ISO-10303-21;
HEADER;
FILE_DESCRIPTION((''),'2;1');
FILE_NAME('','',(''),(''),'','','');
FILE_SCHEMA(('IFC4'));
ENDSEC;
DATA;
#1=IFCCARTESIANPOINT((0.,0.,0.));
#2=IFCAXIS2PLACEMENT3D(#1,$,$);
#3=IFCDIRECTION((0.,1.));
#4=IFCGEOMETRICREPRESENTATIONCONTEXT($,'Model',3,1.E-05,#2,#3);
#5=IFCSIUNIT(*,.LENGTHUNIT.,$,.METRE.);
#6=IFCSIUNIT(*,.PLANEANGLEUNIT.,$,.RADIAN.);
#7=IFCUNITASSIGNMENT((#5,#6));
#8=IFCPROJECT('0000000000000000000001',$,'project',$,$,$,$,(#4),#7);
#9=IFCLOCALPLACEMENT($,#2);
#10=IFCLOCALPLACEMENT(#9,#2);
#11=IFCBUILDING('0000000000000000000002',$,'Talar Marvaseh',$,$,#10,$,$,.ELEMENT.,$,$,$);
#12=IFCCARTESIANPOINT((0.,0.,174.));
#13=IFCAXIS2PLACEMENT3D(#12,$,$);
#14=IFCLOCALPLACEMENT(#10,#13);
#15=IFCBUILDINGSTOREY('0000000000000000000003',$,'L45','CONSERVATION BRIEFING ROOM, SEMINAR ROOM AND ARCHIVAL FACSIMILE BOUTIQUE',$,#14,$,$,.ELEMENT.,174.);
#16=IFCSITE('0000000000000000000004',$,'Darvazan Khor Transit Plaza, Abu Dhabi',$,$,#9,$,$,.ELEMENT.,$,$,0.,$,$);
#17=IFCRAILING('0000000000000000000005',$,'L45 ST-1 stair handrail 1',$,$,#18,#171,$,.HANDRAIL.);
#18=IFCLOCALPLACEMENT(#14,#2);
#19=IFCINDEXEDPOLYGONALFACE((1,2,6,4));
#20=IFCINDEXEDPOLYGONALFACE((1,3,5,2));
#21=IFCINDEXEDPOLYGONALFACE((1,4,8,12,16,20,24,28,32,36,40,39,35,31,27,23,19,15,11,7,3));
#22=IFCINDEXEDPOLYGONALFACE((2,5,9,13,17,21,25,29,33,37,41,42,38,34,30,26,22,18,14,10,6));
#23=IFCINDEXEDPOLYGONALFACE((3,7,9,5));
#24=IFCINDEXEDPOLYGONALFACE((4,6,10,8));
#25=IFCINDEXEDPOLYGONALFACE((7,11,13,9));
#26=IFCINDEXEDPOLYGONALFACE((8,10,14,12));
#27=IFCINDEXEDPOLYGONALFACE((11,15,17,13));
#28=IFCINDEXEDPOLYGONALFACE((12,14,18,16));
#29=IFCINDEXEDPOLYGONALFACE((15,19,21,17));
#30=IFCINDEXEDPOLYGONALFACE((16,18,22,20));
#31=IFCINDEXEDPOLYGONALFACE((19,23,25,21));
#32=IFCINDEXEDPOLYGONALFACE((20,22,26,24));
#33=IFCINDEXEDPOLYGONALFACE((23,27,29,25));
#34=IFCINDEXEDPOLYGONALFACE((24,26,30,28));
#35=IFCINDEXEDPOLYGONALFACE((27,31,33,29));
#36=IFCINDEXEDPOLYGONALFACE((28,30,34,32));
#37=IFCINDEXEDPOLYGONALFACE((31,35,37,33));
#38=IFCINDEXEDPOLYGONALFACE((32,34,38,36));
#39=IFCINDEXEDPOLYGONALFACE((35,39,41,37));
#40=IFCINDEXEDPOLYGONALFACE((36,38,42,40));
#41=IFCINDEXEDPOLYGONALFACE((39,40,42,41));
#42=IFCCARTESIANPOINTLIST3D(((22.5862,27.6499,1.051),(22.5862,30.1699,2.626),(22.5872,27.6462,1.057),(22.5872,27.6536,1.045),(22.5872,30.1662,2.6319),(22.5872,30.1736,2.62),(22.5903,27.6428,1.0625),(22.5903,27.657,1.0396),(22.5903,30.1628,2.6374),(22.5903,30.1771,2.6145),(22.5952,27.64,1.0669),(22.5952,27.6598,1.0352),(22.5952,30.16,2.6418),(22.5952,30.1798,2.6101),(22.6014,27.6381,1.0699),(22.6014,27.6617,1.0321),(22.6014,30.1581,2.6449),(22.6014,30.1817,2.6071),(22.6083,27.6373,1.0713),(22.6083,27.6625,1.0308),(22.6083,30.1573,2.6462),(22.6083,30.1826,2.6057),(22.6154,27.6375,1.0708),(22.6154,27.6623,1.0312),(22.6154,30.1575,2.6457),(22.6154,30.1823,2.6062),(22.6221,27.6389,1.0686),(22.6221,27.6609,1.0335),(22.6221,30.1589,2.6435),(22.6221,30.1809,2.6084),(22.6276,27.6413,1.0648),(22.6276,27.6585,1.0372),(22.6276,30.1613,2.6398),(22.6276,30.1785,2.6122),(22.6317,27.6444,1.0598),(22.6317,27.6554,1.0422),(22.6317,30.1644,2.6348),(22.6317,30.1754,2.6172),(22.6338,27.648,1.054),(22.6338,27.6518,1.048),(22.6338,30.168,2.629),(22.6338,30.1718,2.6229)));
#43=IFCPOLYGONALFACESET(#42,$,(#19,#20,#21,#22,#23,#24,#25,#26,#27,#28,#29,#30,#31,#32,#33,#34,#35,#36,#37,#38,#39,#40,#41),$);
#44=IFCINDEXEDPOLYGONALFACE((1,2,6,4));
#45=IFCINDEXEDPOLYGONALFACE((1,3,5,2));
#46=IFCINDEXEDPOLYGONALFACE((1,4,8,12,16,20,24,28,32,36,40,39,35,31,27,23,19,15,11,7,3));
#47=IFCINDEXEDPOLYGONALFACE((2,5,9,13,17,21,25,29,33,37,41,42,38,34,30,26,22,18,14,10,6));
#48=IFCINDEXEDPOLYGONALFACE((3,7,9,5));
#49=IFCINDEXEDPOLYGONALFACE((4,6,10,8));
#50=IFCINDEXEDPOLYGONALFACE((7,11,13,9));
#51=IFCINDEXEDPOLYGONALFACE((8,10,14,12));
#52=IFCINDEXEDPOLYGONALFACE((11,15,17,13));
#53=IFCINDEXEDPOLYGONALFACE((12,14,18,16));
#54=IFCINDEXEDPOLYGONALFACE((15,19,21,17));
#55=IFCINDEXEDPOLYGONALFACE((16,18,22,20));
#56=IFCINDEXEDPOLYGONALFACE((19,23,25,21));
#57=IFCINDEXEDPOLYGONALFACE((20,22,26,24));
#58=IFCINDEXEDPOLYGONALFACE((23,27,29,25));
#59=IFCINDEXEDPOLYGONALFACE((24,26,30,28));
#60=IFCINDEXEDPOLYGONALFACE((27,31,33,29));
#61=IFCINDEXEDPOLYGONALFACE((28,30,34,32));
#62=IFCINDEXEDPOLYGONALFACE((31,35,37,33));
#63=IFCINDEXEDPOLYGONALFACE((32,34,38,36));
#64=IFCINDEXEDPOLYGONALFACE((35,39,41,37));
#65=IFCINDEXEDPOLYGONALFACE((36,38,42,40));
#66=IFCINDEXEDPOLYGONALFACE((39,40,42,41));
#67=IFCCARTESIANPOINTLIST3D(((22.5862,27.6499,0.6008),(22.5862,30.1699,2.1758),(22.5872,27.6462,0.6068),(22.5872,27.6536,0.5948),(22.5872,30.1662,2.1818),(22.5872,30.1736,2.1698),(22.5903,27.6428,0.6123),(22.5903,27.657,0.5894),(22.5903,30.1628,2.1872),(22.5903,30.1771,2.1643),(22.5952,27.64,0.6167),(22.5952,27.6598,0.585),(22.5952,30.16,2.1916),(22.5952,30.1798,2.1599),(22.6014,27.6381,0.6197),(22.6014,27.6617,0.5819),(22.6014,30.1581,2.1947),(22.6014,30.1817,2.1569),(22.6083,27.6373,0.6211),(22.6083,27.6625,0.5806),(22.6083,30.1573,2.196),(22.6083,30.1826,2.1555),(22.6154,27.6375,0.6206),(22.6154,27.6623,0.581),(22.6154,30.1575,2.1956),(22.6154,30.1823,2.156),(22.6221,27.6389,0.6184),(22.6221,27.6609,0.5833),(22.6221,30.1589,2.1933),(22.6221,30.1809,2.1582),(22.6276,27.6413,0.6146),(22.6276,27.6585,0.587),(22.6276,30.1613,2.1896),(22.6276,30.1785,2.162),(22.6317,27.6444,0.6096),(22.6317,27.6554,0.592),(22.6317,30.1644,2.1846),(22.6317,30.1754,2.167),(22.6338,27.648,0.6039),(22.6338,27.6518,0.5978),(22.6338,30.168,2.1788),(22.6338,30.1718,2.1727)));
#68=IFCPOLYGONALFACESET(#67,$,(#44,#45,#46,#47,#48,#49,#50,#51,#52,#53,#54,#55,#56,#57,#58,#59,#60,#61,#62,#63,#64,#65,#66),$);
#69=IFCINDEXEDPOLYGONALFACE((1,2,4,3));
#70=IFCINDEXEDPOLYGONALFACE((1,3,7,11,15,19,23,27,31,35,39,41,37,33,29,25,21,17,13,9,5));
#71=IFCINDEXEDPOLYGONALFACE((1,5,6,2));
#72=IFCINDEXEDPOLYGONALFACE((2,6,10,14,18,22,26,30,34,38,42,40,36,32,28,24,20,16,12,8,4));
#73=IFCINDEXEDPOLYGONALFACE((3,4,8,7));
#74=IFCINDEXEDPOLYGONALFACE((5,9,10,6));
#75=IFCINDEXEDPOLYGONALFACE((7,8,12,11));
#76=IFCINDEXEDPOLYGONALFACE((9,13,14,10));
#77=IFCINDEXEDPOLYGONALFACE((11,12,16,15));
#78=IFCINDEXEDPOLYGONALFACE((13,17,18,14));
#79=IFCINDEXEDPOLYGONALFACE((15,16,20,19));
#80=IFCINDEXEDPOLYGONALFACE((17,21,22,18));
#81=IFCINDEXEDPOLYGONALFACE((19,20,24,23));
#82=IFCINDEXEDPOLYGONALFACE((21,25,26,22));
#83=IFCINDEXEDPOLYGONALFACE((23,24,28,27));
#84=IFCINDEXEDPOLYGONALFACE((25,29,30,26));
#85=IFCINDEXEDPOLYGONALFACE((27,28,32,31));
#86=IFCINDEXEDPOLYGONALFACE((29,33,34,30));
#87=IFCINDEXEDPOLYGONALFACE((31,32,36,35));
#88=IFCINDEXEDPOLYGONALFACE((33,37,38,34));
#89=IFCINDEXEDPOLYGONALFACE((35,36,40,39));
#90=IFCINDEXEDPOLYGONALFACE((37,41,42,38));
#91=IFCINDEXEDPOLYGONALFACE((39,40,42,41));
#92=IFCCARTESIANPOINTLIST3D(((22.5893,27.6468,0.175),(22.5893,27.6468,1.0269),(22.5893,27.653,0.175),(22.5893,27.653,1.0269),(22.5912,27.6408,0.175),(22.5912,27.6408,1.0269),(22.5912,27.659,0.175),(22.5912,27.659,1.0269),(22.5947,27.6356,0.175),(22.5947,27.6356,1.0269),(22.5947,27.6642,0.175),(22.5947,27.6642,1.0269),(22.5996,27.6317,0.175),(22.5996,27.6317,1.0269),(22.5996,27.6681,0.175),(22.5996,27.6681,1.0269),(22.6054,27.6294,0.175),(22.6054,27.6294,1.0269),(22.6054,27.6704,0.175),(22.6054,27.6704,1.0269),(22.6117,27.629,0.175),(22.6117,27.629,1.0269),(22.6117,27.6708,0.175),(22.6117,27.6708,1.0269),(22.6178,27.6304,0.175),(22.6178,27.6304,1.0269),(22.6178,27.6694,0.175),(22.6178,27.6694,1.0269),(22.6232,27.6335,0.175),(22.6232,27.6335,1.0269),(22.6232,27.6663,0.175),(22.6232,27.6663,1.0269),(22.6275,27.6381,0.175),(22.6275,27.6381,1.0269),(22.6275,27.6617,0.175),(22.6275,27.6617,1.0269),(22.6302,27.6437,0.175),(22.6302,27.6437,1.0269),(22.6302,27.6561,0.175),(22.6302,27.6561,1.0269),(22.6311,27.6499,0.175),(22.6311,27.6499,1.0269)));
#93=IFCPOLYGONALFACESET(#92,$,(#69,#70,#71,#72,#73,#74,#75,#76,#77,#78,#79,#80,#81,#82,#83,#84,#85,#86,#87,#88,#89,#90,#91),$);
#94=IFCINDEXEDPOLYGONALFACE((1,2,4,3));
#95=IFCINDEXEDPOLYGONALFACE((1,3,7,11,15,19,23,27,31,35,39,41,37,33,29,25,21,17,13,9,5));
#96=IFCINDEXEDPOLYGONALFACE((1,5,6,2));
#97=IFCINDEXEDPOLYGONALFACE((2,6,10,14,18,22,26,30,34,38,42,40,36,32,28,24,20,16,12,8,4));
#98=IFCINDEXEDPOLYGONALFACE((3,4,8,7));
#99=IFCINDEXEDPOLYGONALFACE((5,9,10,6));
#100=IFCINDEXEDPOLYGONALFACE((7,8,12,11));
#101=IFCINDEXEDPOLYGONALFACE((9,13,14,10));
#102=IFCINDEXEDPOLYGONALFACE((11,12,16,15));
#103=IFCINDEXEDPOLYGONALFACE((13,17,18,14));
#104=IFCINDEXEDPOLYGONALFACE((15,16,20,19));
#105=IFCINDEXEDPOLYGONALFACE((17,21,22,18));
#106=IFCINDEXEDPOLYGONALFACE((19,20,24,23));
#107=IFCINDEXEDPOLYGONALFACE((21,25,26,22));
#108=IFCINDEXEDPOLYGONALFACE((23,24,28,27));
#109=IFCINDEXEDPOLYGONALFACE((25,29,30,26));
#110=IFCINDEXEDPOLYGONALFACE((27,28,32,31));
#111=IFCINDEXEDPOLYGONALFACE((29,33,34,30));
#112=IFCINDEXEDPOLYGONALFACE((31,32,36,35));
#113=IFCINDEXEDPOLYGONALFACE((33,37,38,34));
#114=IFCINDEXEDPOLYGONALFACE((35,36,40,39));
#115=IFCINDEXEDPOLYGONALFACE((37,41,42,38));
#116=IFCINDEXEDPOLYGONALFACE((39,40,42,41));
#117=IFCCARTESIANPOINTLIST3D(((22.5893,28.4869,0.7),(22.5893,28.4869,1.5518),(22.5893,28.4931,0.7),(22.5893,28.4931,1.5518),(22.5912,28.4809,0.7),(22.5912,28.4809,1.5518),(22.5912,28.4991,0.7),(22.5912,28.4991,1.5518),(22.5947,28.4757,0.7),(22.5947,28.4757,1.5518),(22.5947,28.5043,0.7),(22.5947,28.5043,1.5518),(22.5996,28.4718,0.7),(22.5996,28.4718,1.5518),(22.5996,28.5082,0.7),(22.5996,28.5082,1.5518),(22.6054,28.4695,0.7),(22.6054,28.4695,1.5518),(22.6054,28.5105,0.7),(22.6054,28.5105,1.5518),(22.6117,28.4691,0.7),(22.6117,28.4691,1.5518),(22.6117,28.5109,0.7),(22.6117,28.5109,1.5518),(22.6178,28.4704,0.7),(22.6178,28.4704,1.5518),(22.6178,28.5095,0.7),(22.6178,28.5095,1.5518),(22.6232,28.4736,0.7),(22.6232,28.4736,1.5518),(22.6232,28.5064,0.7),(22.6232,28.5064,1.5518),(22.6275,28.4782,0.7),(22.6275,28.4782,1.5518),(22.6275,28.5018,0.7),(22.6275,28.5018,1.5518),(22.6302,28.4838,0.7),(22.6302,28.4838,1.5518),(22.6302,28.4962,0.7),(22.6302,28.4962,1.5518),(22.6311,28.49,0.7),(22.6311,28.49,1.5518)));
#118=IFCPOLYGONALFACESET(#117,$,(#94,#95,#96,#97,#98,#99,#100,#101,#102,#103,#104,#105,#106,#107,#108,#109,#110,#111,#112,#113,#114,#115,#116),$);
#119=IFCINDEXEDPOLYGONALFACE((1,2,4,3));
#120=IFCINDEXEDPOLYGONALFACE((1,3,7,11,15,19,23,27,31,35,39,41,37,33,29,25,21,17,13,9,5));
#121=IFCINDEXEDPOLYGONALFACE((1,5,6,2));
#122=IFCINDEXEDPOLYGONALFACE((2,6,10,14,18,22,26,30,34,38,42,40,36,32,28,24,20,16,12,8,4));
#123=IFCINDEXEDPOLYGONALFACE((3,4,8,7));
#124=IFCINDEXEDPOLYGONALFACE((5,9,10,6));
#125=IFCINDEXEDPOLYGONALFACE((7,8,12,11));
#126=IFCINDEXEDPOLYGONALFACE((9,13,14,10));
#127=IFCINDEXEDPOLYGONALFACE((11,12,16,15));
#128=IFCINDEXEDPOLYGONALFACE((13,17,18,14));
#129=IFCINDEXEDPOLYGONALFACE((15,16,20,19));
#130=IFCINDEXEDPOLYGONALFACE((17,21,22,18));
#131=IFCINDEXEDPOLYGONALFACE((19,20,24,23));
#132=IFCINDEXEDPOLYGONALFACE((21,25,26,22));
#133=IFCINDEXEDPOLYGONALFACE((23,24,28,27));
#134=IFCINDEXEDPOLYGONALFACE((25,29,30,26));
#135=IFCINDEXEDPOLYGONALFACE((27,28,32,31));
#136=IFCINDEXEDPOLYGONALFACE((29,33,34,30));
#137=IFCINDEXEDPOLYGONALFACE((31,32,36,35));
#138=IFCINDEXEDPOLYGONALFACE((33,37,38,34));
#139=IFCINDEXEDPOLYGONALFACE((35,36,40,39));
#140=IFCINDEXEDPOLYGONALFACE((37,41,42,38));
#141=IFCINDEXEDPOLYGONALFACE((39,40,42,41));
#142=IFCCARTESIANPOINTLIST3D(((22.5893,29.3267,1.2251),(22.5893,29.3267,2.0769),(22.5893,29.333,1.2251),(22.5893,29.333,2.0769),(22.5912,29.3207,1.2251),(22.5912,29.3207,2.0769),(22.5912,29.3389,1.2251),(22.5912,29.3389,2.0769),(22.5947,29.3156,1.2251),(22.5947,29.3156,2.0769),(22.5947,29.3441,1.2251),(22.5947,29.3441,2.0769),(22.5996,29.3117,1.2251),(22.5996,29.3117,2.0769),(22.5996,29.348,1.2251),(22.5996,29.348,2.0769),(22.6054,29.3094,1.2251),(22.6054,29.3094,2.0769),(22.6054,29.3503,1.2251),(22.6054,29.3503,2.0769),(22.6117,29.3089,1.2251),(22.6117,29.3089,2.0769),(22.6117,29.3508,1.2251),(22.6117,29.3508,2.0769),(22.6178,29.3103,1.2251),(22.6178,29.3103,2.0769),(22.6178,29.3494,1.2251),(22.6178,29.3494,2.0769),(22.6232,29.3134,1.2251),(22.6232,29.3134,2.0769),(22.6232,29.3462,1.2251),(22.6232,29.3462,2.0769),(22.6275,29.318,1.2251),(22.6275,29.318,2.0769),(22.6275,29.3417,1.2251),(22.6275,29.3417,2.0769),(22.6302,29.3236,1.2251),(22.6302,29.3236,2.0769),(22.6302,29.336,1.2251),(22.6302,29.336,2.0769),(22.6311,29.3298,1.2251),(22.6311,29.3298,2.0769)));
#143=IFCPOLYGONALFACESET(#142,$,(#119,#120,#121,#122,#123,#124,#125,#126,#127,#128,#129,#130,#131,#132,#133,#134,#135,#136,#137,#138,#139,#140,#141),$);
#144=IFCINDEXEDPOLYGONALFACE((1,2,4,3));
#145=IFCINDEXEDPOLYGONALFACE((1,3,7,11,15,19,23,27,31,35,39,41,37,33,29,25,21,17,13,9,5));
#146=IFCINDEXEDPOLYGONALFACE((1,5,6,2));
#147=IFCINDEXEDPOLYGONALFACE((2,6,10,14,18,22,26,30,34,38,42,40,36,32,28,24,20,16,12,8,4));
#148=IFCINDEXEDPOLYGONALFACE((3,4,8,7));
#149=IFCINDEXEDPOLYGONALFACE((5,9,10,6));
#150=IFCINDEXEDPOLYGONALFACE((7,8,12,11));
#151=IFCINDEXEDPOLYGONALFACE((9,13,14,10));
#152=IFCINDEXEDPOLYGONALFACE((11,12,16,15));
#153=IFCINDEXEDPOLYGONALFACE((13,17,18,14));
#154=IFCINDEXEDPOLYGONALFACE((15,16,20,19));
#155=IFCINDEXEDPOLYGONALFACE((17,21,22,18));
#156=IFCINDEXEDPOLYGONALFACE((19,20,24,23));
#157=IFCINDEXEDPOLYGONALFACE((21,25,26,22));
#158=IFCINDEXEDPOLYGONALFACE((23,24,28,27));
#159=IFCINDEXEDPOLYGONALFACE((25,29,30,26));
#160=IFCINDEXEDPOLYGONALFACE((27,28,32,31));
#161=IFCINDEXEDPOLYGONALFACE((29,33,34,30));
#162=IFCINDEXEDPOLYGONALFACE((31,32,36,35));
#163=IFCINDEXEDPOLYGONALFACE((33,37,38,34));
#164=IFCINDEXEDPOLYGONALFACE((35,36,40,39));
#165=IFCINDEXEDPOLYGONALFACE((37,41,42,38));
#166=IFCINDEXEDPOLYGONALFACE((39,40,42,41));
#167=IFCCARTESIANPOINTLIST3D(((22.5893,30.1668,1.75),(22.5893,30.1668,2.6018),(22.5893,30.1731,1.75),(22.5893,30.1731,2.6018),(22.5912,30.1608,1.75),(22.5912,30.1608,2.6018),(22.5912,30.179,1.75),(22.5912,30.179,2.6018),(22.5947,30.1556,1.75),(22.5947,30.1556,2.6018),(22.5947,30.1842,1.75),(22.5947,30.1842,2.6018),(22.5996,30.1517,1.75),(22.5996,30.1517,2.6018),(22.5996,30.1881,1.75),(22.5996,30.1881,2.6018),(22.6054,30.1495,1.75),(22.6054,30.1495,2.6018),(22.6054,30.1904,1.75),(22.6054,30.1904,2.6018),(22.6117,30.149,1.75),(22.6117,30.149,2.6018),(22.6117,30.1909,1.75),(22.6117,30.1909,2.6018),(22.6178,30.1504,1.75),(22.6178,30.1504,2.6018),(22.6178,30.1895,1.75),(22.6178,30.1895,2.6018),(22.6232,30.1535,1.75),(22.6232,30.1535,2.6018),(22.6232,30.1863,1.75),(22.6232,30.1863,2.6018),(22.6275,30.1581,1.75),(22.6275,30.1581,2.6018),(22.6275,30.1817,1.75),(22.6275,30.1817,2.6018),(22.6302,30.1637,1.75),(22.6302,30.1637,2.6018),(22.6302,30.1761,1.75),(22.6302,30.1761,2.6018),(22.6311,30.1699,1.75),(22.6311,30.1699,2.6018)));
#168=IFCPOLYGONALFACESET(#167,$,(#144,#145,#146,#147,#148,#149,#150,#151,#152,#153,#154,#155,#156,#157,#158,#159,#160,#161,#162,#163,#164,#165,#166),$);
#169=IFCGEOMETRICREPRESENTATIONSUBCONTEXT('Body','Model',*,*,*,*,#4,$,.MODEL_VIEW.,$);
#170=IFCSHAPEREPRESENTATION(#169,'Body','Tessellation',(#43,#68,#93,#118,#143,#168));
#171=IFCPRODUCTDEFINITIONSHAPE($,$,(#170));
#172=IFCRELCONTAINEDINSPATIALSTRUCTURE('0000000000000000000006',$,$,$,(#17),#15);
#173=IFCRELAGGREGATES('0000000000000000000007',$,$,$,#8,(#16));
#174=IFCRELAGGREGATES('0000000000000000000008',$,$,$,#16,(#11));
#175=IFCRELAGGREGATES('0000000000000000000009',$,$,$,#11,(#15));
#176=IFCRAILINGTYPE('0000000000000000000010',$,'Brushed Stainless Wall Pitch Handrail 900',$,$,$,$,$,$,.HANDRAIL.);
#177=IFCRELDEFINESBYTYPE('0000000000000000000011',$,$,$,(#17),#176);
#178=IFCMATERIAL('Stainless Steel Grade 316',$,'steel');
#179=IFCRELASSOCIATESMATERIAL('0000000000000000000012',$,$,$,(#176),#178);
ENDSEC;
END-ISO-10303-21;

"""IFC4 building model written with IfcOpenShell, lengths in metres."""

from ifc_helpers import new_model, si_unit, direction, frame, origin, origin_2d, place, context, subcontext, project, spatial, circle, extrude, material, type_object, element, save


model = new_model("IFC4")

# Units and contexts
model_context = context("Model", 3, precision=1e-05, world=origin(), true_north=direction((0.0, 1.0)))
body_context = subcontext(model_context, "Body", "Model", "MODEL_VIEW")
ifc_project = project(units=[si_unit("LENGTHUNIT", "METRE"), si_unit("PLANEANGLEUNIT", "RADIAN")], contexts=[model_context])

# Site, building, storey
site_placement = place(None, origin())
site = spatial("IfcSite", under=ifc_project, at=site_placement, Name="Darvazan Khor Transit Plaza, Abu Dhabi", CompositionType="ELEMENT", RefElevation=0.0)
building_placement = place(site_placement, origin())
building = spatial("IfcBuilding", under=site, at=building_placement, Name="Talar Marvaseh", CompositionType="ELEMENT")
storey_placement = place(building_placement, frame((0.0, 0.0, 174.0)))
storey = spatial("IfcBuildingStorey", under=building, at=storey_placement, Name="L45", Description="CONSERVATION BRIEFING ROOM, SEMINAR ROOM AND ARCHIVAL FACSIMILE BOUTIQUE", CompositionType="ELEMENT", Elevation=174.0)

# Railing
ifc_material_1 = material(Name="Stainless Steel Grade 316", Category="steel")
railing_type_1 = type_object("IfcRailingType", Name="Brushed Stainless Wall Pitch Handrail 900", PredefinedType="HANDRAIL", material=ifc_material_1)
railing_1_placement = place(storey_placement, frame((22.6101, 27.6499, 0.175)))
element("IfcRailing", 1, at=railing_1_placement, inside=storey, type_object=railing_type_1, Name="L45 ST-1 stair handrail 1", PredefinedType="HANDRAIL", context=body_context, shape_type="SweptSolid", body=[
    extrude(circle(Radius=0.0239, at=origin_2d()), frame((0.0, 0.0, 0.876), z_axis=(0.0, 0.848008, 0.529984), x_axis=(-1.0, 0.0, 0.0)), (0.0, 0.0, 1.0), 2.9717),
    extrude(circle(Radius=0.0239, at=origin_2d()), frame((0.0, 0.0, 0.4258), z_axis=(0.0, 0.848008, 0.529984), x_axis=(-1.0, 0.0, 0.0)), (0.0, 0.0, 1.0), 2.9717),
    extrude(circle(Radius=0.021, at=origin_2d()), origin(), (0.0, 0.0, 1.0), 0.8518),
    extrude(circle(Radius=0.021, at=origin_2d()), frame((0.0, 0.8401, 0.5249)), (0.0, 0.0, 1.0), 0.8518),
    extrude(circle(Radius=0.021, at=origin_2d()), frame((0.0, 1.6799, 1.05)), (0.0, 0.0, 1.0), 0.8518),
    extrude(circle(Radius=0.021, at=origin_2d()), frame((0.0, 2.52, 1.575)), (0.0, 0.0, 1.0), 0.8518),
])

save(model, "model.ifc")
